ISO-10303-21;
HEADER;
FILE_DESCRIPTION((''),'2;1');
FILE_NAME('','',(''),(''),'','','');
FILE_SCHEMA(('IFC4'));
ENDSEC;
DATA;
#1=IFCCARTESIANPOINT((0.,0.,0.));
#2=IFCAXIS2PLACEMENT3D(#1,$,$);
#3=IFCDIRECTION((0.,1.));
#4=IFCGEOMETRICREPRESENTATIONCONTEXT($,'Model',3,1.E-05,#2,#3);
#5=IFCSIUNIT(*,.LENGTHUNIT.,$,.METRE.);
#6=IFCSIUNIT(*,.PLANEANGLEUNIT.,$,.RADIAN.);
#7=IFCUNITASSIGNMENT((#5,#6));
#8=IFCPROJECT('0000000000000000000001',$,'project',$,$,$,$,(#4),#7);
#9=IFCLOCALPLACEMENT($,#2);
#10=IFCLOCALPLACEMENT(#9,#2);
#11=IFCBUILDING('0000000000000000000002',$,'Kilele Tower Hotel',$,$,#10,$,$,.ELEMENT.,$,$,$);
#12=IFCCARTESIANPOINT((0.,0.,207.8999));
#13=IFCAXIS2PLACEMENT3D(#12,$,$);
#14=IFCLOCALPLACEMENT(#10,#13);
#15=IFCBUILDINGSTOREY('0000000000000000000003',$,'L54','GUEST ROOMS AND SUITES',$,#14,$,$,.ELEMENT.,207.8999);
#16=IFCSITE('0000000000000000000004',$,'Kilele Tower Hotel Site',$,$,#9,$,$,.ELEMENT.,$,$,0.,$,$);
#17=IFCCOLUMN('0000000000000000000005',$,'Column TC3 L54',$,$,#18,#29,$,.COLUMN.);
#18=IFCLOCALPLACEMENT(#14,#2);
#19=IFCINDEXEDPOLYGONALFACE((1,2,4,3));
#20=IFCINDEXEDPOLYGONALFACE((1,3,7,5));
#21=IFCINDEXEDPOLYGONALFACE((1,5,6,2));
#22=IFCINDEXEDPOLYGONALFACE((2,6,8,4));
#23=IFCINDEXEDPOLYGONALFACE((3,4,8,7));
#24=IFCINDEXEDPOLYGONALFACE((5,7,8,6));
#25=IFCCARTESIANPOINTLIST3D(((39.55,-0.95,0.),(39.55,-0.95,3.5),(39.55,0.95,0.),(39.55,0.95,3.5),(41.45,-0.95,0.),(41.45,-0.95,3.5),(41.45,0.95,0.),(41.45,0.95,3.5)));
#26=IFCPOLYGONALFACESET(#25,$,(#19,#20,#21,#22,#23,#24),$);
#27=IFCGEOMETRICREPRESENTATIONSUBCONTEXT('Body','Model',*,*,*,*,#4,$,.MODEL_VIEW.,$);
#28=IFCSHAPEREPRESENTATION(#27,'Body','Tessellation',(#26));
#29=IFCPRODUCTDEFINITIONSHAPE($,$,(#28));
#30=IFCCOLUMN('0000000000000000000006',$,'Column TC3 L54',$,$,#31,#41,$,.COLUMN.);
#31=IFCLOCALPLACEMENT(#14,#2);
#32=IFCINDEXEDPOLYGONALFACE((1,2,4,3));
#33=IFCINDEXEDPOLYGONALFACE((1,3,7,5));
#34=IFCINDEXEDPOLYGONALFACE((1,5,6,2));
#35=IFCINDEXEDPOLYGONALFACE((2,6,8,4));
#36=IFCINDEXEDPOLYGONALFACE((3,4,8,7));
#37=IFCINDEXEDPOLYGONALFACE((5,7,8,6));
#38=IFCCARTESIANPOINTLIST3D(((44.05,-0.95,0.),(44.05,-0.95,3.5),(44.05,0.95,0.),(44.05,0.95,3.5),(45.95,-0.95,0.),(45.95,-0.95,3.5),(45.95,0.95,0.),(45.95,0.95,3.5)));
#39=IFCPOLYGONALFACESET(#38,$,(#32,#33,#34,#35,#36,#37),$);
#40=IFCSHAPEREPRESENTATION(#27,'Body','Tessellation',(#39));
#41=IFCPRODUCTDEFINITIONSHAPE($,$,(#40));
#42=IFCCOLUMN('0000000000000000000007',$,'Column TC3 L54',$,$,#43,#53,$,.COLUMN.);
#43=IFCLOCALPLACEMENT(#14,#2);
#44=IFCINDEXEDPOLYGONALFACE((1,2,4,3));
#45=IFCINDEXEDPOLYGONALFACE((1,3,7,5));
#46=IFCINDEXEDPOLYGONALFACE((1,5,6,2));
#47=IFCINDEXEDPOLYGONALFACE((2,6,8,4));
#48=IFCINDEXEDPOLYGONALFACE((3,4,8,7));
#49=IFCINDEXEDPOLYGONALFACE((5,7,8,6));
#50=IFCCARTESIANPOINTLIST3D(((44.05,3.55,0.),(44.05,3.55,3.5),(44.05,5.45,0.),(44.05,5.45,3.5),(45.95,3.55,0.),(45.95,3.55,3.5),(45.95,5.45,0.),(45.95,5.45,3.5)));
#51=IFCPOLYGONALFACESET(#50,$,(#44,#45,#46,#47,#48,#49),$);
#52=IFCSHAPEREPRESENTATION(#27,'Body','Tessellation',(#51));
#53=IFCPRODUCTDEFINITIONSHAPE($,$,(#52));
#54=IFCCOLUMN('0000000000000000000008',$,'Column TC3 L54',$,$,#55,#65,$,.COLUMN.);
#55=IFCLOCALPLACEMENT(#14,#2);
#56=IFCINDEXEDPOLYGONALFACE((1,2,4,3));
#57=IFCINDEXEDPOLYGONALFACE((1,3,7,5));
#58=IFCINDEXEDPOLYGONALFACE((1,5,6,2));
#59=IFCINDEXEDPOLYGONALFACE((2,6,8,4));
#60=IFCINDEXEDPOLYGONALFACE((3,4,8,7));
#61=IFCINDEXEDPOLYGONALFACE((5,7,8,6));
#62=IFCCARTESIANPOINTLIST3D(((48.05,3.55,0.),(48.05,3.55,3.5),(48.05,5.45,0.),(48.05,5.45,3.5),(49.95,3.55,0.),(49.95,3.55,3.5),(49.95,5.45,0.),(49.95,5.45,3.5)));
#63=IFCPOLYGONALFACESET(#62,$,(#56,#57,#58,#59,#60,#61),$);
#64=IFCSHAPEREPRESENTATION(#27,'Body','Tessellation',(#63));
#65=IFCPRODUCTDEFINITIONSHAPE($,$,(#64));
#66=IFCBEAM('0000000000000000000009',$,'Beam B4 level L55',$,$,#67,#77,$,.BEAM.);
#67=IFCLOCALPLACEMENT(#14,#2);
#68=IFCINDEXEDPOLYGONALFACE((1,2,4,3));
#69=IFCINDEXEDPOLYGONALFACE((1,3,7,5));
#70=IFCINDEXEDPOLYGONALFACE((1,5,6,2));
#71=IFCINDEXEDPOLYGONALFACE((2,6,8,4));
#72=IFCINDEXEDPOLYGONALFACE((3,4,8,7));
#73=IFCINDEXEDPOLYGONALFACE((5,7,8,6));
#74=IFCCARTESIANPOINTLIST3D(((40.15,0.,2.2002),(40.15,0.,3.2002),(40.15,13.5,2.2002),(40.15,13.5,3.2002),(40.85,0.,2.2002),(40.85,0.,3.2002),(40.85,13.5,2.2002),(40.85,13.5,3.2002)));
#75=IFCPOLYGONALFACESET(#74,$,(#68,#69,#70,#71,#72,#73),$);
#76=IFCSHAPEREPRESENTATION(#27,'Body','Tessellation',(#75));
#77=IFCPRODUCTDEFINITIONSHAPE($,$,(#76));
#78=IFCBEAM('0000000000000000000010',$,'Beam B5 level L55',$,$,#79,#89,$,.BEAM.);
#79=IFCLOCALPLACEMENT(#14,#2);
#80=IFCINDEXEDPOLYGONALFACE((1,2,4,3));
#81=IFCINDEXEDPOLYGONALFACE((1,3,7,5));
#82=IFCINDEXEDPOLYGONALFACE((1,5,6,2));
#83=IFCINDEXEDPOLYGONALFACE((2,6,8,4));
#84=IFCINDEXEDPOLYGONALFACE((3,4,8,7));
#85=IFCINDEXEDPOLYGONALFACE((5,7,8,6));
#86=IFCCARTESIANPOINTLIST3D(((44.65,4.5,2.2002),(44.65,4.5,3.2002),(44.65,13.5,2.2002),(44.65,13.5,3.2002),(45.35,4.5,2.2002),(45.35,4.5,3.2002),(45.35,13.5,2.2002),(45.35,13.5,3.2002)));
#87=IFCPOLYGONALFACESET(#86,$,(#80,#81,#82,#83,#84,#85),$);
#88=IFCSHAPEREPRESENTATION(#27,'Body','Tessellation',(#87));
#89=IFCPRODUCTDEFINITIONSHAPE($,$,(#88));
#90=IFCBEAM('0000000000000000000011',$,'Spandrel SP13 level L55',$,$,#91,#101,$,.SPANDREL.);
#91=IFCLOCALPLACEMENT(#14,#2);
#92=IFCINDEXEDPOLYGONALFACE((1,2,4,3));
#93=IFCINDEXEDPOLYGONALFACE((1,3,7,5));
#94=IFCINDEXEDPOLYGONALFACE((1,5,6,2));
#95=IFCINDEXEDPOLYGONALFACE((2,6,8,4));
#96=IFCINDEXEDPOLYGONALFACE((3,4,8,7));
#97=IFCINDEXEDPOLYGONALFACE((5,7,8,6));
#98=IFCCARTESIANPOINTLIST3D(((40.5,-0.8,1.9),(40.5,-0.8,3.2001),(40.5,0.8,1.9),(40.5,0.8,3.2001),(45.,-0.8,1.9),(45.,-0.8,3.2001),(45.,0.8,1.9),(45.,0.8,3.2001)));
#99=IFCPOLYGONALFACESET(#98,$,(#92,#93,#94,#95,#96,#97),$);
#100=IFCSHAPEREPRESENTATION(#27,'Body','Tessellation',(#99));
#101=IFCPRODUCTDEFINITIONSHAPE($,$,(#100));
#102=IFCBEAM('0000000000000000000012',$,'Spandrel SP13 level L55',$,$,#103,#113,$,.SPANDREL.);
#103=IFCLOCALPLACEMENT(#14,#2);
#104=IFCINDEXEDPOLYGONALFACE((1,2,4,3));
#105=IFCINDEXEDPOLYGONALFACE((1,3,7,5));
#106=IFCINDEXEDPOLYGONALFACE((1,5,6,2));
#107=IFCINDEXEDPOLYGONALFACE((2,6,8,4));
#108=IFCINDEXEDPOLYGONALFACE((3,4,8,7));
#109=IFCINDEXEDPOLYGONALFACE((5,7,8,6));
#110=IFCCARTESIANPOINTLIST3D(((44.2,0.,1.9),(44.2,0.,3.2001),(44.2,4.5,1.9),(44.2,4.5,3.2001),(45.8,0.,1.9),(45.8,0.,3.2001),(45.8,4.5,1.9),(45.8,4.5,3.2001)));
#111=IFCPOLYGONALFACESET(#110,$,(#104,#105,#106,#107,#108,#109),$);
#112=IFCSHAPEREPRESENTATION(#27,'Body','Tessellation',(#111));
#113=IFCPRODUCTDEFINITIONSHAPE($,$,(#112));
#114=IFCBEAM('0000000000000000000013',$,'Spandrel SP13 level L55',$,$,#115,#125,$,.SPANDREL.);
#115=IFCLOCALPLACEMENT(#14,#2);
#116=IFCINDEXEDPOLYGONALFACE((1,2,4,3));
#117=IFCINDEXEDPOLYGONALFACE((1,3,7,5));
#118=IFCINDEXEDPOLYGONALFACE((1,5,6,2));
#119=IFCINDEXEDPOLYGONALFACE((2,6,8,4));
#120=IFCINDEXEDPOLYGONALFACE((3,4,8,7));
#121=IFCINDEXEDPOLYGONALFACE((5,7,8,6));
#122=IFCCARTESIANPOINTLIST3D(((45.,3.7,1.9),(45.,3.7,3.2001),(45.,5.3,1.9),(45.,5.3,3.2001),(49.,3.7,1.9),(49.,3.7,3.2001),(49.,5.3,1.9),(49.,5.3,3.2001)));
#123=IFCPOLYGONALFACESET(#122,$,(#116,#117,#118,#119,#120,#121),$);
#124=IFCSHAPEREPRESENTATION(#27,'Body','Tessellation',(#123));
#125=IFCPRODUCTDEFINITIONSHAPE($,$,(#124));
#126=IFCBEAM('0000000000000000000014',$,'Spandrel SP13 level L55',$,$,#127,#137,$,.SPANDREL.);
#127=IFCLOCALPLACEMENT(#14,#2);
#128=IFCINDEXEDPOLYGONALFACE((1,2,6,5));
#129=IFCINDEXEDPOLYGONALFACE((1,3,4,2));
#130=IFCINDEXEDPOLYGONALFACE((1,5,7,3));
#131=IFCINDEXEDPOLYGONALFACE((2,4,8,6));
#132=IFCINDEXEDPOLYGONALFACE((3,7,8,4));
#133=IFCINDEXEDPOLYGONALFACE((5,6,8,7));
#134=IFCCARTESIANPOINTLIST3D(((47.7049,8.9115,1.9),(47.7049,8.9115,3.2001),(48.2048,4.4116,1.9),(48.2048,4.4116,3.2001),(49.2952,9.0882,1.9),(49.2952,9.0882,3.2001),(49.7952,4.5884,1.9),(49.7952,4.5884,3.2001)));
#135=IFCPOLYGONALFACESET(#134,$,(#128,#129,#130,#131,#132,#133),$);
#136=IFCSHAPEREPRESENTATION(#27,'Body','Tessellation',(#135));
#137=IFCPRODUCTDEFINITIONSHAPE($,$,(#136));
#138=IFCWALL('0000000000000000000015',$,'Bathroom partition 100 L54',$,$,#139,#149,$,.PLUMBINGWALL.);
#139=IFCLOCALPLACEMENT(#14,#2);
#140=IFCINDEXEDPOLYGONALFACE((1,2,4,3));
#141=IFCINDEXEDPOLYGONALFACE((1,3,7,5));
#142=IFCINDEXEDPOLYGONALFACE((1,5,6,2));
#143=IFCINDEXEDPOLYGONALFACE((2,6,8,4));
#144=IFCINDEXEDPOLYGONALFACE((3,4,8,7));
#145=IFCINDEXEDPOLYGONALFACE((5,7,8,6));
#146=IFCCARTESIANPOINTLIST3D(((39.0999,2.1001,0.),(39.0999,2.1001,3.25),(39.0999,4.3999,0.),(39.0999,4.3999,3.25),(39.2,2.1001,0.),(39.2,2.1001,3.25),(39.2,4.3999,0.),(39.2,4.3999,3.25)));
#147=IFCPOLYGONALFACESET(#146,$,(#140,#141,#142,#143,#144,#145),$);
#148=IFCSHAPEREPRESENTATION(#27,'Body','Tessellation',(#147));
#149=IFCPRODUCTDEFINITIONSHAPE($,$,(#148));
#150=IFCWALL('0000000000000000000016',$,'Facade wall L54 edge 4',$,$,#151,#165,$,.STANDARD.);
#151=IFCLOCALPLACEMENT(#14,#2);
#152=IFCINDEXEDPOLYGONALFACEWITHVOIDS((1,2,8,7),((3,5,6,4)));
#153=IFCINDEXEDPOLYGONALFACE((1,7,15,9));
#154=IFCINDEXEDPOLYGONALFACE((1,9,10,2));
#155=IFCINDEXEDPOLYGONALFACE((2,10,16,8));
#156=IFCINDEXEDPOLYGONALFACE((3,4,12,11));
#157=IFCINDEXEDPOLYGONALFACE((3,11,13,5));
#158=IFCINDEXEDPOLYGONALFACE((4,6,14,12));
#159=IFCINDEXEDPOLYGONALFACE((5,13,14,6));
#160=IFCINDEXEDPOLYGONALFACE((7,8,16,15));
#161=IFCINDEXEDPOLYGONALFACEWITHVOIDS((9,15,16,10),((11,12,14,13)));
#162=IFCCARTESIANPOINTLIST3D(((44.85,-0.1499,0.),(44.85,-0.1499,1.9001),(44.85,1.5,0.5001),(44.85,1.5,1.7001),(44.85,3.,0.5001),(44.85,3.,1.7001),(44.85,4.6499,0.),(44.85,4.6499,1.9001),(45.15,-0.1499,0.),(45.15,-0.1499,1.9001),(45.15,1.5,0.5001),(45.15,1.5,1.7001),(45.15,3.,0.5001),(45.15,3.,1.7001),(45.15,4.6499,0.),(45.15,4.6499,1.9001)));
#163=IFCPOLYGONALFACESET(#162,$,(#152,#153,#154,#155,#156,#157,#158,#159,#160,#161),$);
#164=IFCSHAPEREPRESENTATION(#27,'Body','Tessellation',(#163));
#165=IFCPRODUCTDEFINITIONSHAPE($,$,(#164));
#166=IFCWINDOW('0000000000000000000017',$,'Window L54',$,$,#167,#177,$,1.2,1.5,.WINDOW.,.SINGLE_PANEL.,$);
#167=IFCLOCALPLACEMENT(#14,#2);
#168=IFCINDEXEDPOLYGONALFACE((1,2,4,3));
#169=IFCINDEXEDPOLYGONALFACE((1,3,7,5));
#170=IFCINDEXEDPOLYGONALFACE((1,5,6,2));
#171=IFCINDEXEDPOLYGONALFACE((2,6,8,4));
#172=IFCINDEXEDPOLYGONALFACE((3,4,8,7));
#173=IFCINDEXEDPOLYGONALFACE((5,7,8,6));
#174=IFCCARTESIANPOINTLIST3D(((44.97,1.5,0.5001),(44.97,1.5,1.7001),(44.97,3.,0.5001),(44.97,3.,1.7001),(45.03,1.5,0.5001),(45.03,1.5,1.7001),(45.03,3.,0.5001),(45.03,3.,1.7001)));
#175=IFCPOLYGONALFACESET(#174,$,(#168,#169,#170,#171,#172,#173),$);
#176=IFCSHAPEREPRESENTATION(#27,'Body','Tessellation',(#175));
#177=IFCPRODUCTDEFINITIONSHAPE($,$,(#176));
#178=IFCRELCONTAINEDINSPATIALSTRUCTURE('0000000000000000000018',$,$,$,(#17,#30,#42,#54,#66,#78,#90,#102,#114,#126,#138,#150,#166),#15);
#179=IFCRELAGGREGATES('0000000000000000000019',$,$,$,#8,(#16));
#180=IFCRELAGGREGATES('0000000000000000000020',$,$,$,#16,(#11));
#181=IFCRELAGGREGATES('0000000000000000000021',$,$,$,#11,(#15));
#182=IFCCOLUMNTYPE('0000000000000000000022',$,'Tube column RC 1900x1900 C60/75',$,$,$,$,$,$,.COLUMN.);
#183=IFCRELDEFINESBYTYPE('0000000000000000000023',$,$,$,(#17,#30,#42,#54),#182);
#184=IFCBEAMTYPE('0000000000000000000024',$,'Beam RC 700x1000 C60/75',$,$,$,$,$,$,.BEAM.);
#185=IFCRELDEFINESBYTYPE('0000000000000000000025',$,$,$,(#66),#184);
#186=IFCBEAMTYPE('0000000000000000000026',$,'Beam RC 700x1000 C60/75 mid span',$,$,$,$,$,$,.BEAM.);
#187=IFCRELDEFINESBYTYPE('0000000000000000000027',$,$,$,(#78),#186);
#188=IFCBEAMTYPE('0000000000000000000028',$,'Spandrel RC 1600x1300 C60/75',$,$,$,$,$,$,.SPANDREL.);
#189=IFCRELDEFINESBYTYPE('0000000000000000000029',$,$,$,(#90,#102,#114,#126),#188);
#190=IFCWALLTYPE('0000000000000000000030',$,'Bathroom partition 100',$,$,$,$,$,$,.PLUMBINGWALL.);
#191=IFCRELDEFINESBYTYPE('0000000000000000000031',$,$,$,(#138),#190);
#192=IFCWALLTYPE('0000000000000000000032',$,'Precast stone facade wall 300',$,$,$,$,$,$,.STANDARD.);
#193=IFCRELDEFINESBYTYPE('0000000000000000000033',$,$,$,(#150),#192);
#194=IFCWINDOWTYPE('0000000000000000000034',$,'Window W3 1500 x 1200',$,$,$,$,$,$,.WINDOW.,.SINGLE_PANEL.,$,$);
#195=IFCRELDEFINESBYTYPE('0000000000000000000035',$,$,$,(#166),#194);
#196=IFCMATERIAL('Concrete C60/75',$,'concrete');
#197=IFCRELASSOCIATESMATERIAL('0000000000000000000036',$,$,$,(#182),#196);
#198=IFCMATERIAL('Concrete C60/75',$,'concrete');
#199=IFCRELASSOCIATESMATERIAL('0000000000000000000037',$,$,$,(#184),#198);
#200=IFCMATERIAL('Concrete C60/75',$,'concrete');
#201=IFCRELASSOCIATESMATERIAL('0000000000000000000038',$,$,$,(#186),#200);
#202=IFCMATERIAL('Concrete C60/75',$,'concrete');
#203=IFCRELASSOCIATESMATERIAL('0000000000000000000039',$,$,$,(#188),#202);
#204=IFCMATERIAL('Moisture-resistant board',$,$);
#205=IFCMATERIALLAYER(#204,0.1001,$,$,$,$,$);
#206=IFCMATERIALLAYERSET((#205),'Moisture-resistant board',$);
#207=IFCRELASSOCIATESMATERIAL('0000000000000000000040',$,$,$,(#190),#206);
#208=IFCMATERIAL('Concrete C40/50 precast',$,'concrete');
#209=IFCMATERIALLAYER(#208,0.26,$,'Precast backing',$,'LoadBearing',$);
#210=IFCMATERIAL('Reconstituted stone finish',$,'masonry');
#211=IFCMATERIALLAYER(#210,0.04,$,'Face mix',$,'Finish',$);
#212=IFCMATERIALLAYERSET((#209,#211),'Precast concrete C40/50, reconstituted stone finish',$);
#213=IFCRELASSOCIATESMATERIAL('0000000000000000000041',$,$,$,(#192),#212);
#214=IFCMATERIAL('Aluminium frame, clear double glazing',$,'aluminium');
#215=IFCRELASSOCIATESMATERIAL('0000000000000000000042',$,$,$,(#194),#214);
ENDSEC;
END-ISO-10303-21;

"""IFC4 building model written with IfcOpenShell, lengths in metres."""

from ifc_helpers import new_model, si_unit, direction, frame, frame_2d, origin, origin_2d, place, context, subcontext, project, spatial, rectangle, extrude, material, layer, layer_set, material_profile, profile_set, type_object, element, fill, save


model = new_model("IFC4")

# Units and contexts
model_context = context("Model", 3, precision=1e-05, world=origin(), true_north=direction((0.0, 1.0)))
body_context = subcontext(model_context, "Body", "Model", "MODEL_VIEW")
ifc_project = project(units=[si_unit("LENGTHUNIT", "METRE"), si_unit("PLANEANGLEUNIT", "RADIAN")], contexts=[model_context])

# Site, building, storey
site_placement = place(None, origin())
site = spatial("IfcSite", under=ifc_project, at=site_placement, Name="Kilele Tower Hotel Site", CompositionType="ELEMENT", RefElevation=0.0)
building_placement = place(site_placement, origin())
building = spatial("IfcBuilding", under=site, at=building_placement, Name="Kilele Tower Hotel", CompositionType="ELEMENT")
storey_placement = place(building_placement, frame((0.0, 0.0, 207.8999)))
storey = spatial("IfcBuildingStorey", under=building, at=storey_placement, Name="L54", Description="GUEST ROOMS AND SUITES", CompositionType="ELEMENT", Elevation=207.8999)

# Columns
ifc_material_1 = material(Name="Concrete C60/75", Category="concrete")
ifc_material_profile_1 = material_profile(ifc_material_1, rectangle(XDim=1.8999, YDim=1.8999, at=origin_2d()))
ifc_profile_set_1 = profile_set([ifc_material_profile_1], Name="Concrete C60/75")
column_type = type_object("IfcColumnType", Name="Tube column RC 1900x1900 C60/75", PredefinedType="COLUMN", material=ifc_profile_set_1)
for number, where, z_axis, x_axis, name in (
    (1, (40.5, 0.0, 0.0), (0.0, 0.0, 1.0), (1.0, 0.0, 0.0), "Column TC3 L54"),
    (2, (45.0, 0.0, 0.0), (0.0, 0.0, 1.0), (1.0, 0.0, 0.0), "Column TC3 L54"),
    (3, (45.0, 4.5, 0.0), (0.0, 0.0, 1.0), (1.0, 0.0, 0.0), "Column TC3 L54"),
    (4, (49.0, 4.5, 0.0), (0.0, 0.0, 1.0), (1.0, 0.0, 0.0), "Column TC3 L54"),
):
    element("IfcColumn", number, at=place(storey_placement, frame(where, z_axis=z_axis, x_axis=x_axis)), inside=storey, type_object=column_type, Name=name, PredefinedType="COLUMN", context=body_context, shape_type="SweptSolid", body=[
        extrude(rectangle(XDim=1.8999, YDim=1.8999, at=origin_2d()), origin(), (0.0, 0.0, 1.0), 3.5),
    ])

# Beams
ifc_material_2 = material(Name="Concrete C60/75", Category="concrete")
ifc_material_profile_2 = material_profile(ifc_material_2, rectangle(XDim=0.7, YDim=1.0, at=origin_2d()))
ifc_profile_set_2 = profile_set([ifc_material_profile_2], Name="Concrete C60/75")
beam_type_1 = type_object("IfcBeamType", Name="Beam RC 700x1000 C60/75", PredefinedType="BEAM", material=ifc_profile_set_2)
beam_1_placement = place(storey_placement, frame((40.5, 0.0, 2.7002), z_axis=(0.0, 1.0, 0.0), x_axis=(-1.0, 0.0, 0.0)))
element("IfcBeam", 5, at=beam_1_placement, inside=storey, type_object=beam_type_1, Name="Beam B4 level L55", PredefinedType="BEAM", context=body_context, shape_type="SweptSolid", body=[
    extrude(rectangle(XDim=0.7, YDim=1.0, at=origin_2d()), origin(), (0.0, 0.0, 1.0), 13.5),
])
ifc_material_3 = material(Name="Concrete C60/75", Category="concrete")
ifc_material_profile_3 = material_profile(ifc_material_3, rectangle(XDim=0.7, YDim=1.0, at=origin_2d()))
ifc_profile_set_3 = profile_set([ifc_material_profile_3], Name="Concrete C60/75")
beam_type_2 = type_object("IfcBeamType", Name="Beam RC 700x1000 C60/75 mid span", PredefinedType="BEAM", material=ifc_profile_set_3)
beam_2_placement = place(storey_placement, frame((45.0, 4.5, 2.7002), z_axis=(0.0, 1.0, 0.0), x_axis=(-1.0, 0.0, 0.0)))
element("IfcBeam", 6, at=beam_2_placement, inside=storey, type_object=beam_type_2, Name="Beam B5 level L55", PredefinedType="BEAM", context=body_context, shape_type="SweptSolid", body=[
    extrude(rectangle(XDim=0.7, YDim=1.0, at=origin_2d()), origin(), (0.0, 0.0, 1.0), 9.0),
])
ifc_material_4 = material(Name="Concrete C60/75", Category="concrete")
ifc_material_profile_4 = material_profile(ifc_material_4, rectangle(XDim=1.6001, YDim=1.3, at=origin_2d()))
ifc_profile_set_4 = profile_set([ifc_material_profile_4], Name="Concrete C60/75")
beam_type_3 = type_object("IfcBeamType", Name="Spandrel RC 1600x1300 C60/75", PredefinedType="SPANDREL", material=ifc_profile_set_4)
for number, where, z_axis, x_axis, name in (
    (7, (40.5, 0.0, 2.55), (1.0, 0.0, 0.0), (0.0, 1.0, 0.0), "Spandrel SP13 level L55"),
    (8, (45.0, 0.0, 2.55), (0.0, 1.0, 0.0), (-1.0, 0.0, 0.0), "Spandrel SP13 level L55"),
):
    element("IfcBeam", number, at=place(storey_placement, frame(where, z_axis=z_axis, x_axis=x_axis)), inside=storey, type_object=beam_type_3, Name=name, PredefinedType="SPANDREL", context=body_context, shape_type="SweptSolid", body=[
        extrude(rectangle(XDim=1.6001, YDim=1.3, at=origin_2d()), origin(), (0.0, 0.0, 1.0), 4.5),
    ])
beam_3_placement = place(storey_placement, frame((45.0, 4.5, 2.55), z_axis=(1.0, 0.0, 0.0), x_axis=(0.0, 1.0, 0.0)))
element("IfcBeam", 9, at=beam_3_placement, inside=storey, type_object=beam_type_3, Name="Spandrel SP13 level L55", PredefinedType="SPANDREL", context=body_context, shape_type="SweptSolid", body=[
    extrude(rectangle(XDim=1.6001, YDim=1.3, at=origin_2d()), origin(), (0.0, 0.0, 1.0), 4.0),
])
beam_4_placement = place(storey_placement, frame((49.0, 4.5, 2.55), z_axis=(-0.110432, 0.993884, 0.0), x_axis=(-0.993884, -0.110432, 0.0)))
element("IfcBeam", 10, at=beam_4_placement, inside=storey, type_object=beam_type_3, Name="Spandrel SP13 level L55", PredefinedType="SPANDREL", context=body_context, shape_type="SweptSolid", body=[
    extrude(rectangle(XDim=1.6001, YDim=1.3, at=origin_2d()), origin(), (0.0, 0.0, 1.0), 4.5276),
])

# Wall
ifc_material_5 = material(Name="Moisture-resistant board")
ifc_layer_1 = layer(ifc_material_5, 0.1001)
ifc_layer_set_1 = layer_set([ifc_layer_1], Name="Moisture-resistant board")
wall_type_1 = type_object("IfcWallType", Name="Bathroom partition 100", PredefinedType="PLUMBINGWALL", material=ifc_layer_set_1)
wall_1_placement = place(storey_placement, frame((39.1499, 4.3999, 0.0), z_axis=(0.0, 0.0, 1.0), x_axis=(0.0, -1.0, 0.0)))
element("IfcWall", 11, at=wall_1_placement, inside=storey, type_object=wall_type_1, Name="Bathroom partition 100 L54", PredefinedType="PLUMBINGWALL", context=body_context, shape_type="SweptSolid", body=[
    extrude(rectangle(XDim=2.2998, YDim=0.1001, at=frame_2d((1.1499, 0.0))), origin(), (0.0, 0.0, 1.0), 3.25),
])

# Wall, opening, window
ifc_material_6 = material(Name="Concrete C40/50 precast", Category="concrete")
ifc_layer_2 = layer(ifc_material_6, 0.26, Name="Precast backing", Category="LoadBearing")
ifc_material_7 = material(Name="Reconstituted stone finish", Category="masonry")
ifc_layer_3 = layer(ifc_material_7, 0.04, Name="Face mix", Category="Finish")
ifc_layer_set_2 = layer_set([ifc_layer_2, ifc_layer_3], Name="Precast concrete C40/50, reconstituted stone finish")
wall_type_2 = type_object("IfcWallType", Name="Precast stone facade wall 300", PredefinedType="STANDARD", material=ifc_layer_set_2)
wall_2_placement = place(storey_placement, frame((45.0, -0.1499, 0.0), z_axis=(0.0, 0.0, 1.0), x_axis=(0.0, 1.0, 0.0)))
wall_2 = element("IfcWall", 12, at=wall_2_placement, inside=storey, type_object=wall_type_2, Name="Facade wall L54 edge 4", PredefinedType="STANDARD", context=body_context, shape_type="SweptSolid", body=[
    extrude(rectangle(XDim=4.7998, YDim=0.3, at=frame_2d((2.3999, 0.0))), origin(), (0.0, 0.0, 1.0), 1.9001),
])
opening_1_placement = place(wall_2_placement, frame((1.6499, 0.0, 0.5)))
opening_1 = element("IfcOpeningElement", 13, at=opening_1_placement, cuts=wall_2, PredefinedType="OPENING", context=body_context, shape_type="SweptSolid", body=[
    extrude(rectangle(XDim=1.5, YDim=1.2, at=frame_2d((0.75, 0.6001))), frame((0.0, 0.1599, 0.0), z_axis=(0.0, -1.0, 0.0), x_axis=(1.0, 0.0, 0.0)), (0.0, 0.0, 1.0), 0.3201),
])
ifc_material_8 = material(Name="Aluminium frame, clear double glazing", Category="aluminium")
window_type = type_object("IfcWindowType", Name="Window W3 1500 x 1200", PartitioningType="SINGLE_PANEL", PredefinedType="WINDOW", material=ifc_material_8)
window_1_placement = place(opening_1_placement, origin())
window_1 = element("IfcWindow", 14, at=window_1_placement, inside=storey, type_object=window_type, Name="Window L54", OverallHeight=1.2, OverallWidth=1.5, PartitioningType="SINGLE_PANEL", PredefinedType="WINDOW", context=body_context, shape_type="SweptSolid", body=[
    extrude(rectangle(XDim=1.5, YDim=1.2, at=frame_2d((0.75, 0.6001))), frame((0.0, 0.03, 0.0), z_axis=(0.0, -1.0, 0.0), x_axis=(1.0, 0.0, 0.0)), (0.0, 0.0, 1.0), 0.0601),
])
fill(opening_1, window_1)

save(model, "model.ifc")
